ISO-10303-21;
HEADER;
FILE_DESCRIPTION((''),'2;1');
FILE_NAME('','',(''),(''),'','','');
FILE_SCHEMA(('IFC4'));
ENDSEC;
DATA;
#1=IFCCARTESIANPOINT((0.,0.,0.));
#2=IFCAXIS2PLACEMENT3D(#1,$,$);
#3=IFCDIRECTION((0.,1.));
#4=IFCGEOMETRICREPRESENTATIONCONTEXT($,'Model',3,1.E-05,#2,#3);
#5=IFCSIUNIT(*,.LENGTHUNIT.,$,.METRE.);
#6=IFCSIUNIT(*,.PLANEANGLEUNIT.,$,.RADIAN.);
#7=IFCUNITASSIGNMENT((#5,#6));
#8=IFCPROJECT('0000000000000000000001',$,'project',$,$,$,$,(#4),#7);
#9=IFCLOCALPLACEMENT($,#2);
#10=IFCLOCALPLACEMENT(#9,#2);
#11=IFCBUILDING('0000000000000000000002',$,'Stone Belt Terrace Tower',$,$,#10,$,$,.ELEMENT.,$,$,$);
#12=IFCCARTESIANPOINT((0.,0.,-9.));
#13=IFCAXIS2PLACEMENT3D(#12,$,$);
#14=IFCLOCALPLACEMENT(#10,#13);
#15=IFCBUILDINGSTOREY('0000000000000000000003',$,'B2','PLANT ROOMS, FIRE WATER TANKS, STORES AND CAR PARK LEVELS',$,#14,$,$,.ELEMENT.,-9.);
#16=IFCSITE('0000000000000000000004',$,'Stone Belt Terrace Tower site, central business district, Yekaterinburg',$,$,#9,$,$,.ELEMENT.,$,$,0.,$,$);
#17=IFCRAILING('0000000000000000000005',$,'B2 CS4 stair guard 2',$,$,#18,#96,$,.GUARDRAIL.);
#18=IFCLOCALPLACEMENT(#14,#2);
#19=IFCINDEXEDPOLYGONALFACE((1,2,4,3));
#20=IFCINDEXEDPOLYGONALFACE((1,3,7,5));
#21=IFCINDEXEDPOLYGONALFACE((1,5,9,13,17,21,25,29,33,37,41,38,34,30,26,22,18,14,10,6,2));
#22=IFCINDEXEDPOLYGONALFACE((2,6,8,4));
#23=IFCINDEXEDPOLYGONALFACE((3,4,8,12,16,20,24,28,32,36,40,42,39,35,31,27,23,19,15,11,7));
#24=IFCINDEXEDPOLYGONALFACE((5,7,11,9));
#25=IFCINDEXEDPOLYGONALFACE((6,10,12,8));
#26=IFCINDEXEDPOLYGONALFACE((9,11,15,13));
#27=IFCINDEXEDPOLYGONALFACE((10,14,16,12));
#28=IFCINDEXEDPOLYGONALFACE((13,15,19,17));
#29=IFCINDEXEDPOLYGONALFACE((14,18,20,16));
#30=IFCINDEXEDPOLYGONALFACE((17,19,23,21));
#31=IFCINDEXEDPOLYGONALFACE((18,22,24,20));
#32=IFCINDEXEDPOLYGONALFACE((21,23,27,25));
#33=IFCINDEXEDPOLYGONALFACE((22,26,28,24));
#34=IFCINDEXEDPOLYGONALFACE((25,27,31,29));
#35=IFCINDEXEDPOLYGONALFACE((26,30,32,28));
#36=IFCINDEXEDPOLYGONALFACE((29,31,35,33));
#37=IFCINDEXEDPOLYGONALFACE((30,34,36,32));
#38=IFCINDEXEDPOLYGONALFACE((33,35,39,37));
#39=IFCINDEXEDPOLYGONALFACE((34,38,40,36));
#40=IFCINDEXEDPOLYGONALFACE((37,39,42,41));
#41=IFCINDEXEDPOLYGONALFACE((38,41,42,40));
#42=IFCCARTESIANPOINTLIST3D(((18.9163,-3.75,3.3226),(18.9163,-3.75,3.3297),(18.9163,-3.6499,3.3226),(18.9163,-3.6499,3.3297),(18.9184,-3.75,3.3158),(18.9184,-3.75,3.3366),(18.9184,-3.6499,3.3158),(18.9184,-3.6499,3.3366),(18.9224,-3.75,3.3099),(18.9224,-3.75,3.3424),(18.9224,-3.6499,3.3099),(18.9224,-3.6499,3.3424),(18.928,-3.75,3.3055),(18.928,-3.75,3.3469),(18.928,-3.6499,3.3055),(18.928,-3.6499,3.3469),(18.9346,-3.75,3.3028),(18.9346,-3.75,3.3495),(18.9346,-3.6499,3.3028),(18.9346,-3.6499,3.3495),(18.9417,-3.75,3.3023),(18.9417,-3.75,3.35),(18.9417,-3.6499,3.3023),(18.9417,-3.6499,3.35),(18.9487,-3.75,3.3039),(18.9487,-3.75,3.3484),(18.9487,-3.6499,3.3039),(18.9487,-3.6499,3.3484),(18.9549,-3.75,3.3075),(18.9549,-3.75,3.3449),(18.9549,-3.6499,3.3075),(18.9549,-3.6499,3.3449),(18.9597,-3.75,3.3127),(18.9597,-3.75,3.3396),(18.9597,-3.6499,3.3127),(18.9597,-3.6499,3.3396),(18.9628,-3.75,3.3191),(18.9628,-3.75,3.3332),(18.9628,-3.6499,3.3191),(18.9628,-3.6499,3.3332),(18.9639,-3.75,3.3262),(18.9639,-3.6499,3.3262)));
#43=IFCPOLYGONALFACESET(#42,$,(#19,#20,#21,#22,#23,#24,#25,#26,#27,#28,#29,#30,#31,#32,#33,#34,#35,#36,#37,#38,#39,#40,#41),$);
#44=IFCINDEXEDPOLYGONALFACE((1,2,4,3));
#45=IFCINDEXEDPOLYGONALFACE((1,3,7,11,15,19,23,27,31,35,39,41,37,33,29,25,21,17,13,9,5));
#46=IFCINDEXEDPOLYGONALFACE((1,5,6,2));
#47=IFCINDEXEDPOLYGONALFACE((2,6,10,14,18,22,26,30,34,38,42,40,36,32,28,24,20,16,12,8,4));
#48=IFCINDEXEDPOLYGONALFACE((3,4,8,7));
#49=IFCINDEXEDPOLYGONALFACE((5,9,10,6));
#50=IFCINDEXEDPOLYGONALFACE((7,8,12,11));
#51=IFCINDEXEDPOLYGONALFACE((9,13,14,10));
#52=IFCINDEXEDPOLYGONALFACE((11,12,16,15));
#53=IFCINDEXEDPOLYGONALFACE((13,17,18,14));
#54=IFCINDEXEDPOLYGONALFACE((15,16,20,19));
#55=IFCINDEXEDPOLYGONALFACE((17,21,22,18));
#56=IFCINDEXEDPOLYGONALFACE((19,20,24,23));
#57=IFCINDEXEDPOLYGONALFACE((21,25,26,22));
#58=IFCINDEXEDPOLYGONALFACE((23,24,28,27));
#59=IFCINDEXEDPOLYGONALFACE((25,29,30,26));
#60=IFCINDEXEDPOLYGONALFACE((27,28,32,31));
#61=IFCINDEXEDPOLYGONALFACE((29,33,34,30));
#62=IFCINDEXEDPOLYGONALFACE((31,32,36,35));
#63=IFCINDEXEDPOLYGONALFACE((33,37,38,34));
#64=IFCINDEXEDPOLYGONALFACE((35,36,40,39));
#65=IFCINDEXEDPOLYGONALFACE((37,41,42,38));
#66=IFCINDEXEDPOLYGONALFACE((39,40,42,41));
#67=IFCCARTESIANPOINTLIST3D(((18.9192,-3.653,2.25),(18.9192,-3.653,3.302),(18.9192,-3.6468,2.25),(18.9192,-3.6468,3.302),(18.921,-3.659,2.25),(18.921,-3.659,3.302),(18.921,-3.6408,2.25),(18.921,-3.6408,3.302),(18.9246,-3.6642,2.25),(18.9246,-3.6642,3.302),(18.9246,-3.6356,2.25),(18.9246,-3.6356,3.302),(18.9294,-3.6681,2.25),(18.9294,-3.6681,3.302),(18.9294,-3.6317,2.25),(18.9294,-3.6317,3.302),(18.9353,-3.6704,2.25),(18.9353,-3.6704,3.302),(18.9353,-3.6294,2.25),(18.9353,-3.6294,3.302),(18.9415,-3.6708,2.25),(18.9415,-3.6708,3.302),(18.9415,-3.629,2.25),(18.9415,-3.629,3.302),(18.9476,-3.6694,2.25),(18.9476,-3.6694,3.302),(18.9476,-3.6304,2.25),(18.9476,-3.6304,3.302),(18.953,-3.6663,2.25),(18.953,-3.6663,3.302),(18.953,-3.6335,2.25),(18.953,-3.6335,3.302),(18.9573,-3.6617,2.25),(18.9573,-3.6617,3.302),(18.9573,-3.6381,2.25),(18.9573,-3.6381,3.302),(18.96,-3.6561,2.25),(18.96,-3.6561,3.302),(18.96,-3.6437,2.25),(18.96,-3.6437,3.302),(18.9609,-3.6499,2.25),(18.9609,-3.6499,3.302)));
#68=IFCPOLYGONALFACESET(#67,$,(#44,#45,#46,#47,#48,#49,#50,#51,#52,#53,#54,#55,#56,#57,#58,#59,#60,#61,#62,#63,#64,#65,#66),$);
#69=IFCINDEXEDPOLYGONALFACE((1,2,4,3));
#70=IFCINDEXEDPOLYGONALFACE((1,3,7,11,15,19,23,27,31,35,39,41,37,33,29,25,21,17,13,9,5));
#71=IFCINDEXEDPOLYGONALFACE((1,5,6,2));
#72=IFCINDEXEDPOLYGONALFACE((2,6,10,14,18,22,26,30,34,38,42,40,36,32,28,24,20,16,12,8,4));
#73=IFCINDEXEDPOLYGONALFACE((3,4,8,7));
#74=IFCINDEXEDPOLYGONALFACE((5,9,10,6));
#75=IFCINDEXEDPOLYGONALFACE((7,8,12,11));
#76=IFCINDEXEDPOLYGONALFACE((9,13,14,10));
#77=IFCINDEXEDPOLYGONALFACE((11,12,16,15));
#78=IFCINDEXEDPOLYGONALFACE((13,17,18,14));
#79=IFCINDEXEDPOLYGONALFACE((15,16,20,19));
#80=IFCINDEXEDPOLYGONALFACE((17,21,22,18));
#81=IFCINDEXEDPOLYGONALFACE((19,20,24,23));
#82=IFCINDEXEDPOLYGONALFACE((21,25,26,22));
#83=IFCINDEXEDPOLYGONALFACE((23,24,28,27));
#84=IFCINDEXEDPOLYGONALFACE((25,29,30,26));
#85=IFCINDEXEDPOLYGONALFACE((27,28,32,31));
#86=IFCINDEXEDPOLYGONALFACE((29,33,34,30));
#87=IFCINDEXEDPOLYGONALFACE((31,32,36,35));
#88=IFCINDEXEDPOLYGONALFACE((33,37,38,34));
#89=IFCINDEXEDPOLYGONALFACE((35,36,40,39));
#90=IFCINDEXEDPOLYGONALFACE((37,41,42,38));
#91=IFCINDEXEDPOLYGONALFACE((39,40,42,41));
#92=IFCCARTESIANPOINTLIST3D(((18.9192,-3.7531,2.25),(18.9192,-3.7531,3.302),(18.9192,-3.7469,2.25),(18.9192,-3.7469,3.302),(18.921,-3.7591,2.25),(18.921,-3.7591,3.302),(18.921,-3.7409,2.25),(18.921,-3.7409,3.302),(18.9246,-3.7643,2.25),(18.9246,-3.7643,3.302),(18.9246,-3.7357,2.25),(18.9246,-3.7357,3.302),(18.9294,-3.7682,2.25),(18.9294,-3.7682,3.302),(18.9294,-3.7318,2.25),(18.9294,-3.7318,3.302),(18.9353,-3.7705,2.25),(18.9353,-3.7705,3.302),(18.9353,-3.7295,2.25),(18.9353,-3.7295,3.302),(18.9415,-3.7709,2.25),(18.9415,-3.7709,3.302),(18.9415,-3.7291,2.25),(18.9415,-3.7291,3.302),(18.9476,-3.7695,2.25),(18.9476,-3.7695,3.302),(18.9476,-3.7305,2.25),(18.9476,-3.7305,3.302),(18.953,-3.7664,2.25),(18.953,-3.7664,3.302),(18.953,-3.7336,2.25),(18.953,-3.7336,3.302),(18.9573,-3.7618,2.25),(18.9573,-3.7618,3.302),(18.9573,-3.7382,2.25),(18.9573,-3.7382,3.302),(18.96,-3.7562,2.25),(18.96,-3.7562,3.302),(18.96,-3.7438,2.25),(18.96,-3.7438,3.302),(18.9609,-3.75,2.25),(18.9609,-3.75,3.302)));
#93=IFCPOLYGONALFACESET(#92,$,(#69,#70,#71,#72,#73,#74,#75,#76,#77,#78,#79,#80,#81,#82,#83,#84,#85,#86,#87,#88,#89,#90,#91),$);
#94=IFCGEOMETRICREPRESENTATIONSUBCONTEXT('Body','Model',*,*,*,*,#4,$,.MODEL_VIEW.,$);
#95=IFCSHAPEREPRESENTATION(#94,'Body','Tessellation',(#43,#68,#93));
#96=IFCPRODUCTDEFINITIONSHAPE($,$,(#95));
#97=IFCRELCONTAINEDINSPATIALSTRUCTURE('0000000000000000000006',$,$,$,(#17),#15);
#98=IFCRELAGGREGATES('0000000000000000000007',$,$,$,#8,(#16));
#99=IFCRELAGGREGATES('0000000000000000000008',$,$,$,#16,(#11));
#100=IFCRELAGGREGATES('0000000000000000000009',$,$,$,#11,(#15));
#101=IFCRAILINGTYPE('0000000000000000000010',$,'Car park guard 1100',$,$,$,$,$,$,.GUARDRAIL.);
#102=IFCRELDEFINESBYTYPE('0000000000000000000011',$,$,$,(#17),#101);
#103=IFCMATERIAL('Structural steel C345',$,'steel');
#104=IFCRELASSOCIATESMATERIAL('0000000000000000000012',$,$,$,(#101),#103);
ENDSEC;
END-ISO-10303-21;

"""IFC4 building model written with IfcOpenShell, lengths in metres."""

from ifc_helpers import new_model, si_unit, direction, frame, origin, origin_2d, place, context, subcontext, project, spatial, circle, extrude, material, type_object, element, save


model = new_model("IFC4")

# Units and contexts
model_context = context("Model", 3, precision=1e-05, world=origin(), true_north=direction((0.0, 1.0)))
body_context = subcontext(model_context, "Body", "Model", "MODEL_VIEW")
ifc_project = project(units=[si_unit("LENGTHUNIT", "METRE"), si_unit("PLANEANGLEUNIT", "RADIAN")], contexts=[model_context])

# Site, building, storey
site_placement = place(None, origin())
site = spatial("IfcSite", under=ifc_project, at=site_placement, Name="Stone Belt Terrace Tower site, central business district, Yekaterinburg", CompositionType="ELEMENT", RefElevation=0.0)
building_placement = place(site_placement, origin())
building = spatial("IfcBuilding", under=site, at=building_placement, Name="Stone Belt Terrace Tower", CompositionType="ELEMENT")
storey_placement = place(building_placement, frame((0.0, 0.0, -9.0)))
storey = spatial("IfcBuildingStorey", under=building, at=storey_placement, Name="B2", Description="PLANT ROOMS, FIRE WATER TANKS, STORES AND CAR PARK LEVELS", CompositionType="ELEMENT", Elevation=-9.0)

# Railing
ifc_material_1 = material(Name="Structural steel C345", Category="steel")
railing_type_1 = type_object("IfcRailingType", Name="Car park guard 1100", PredefinedType="GUARDRAIL", material=ifc_material_1)
railing_1_placement = place(storey_placement, frame((18.9399, -3.6499, 2.25)))
element("IfcRailing", 1, at=railing_1_placement, inside=storey, type_object=railing_type_1, Name="B2 CS4 stair guard 2", PredefinedType="GUARDRAIL", context=body_context, shape_type="SweptSolid", body=[
    extrude(circle(Radius=0.0239, at=origin_2d()), frame((0.0, 0.0, 1.0762), z_axis=(0.0, -1.0, 0.0), x_axis=(1.0, 0.0, 0.0)), (0.0, 0.0, 1.0), 0.1001),
    extrude(circle(Radius=0.021, at=origin_2d()), origin(), (0.0, 0.0, 1.0), 1.052),
    extrude(circle(Radius=0.021, at=origin_2d()), frame((0.0, -0.1001, 0.0)), (0.0, 0.0, 1.0), 1.052),
])

save(model, "model.ifc")
